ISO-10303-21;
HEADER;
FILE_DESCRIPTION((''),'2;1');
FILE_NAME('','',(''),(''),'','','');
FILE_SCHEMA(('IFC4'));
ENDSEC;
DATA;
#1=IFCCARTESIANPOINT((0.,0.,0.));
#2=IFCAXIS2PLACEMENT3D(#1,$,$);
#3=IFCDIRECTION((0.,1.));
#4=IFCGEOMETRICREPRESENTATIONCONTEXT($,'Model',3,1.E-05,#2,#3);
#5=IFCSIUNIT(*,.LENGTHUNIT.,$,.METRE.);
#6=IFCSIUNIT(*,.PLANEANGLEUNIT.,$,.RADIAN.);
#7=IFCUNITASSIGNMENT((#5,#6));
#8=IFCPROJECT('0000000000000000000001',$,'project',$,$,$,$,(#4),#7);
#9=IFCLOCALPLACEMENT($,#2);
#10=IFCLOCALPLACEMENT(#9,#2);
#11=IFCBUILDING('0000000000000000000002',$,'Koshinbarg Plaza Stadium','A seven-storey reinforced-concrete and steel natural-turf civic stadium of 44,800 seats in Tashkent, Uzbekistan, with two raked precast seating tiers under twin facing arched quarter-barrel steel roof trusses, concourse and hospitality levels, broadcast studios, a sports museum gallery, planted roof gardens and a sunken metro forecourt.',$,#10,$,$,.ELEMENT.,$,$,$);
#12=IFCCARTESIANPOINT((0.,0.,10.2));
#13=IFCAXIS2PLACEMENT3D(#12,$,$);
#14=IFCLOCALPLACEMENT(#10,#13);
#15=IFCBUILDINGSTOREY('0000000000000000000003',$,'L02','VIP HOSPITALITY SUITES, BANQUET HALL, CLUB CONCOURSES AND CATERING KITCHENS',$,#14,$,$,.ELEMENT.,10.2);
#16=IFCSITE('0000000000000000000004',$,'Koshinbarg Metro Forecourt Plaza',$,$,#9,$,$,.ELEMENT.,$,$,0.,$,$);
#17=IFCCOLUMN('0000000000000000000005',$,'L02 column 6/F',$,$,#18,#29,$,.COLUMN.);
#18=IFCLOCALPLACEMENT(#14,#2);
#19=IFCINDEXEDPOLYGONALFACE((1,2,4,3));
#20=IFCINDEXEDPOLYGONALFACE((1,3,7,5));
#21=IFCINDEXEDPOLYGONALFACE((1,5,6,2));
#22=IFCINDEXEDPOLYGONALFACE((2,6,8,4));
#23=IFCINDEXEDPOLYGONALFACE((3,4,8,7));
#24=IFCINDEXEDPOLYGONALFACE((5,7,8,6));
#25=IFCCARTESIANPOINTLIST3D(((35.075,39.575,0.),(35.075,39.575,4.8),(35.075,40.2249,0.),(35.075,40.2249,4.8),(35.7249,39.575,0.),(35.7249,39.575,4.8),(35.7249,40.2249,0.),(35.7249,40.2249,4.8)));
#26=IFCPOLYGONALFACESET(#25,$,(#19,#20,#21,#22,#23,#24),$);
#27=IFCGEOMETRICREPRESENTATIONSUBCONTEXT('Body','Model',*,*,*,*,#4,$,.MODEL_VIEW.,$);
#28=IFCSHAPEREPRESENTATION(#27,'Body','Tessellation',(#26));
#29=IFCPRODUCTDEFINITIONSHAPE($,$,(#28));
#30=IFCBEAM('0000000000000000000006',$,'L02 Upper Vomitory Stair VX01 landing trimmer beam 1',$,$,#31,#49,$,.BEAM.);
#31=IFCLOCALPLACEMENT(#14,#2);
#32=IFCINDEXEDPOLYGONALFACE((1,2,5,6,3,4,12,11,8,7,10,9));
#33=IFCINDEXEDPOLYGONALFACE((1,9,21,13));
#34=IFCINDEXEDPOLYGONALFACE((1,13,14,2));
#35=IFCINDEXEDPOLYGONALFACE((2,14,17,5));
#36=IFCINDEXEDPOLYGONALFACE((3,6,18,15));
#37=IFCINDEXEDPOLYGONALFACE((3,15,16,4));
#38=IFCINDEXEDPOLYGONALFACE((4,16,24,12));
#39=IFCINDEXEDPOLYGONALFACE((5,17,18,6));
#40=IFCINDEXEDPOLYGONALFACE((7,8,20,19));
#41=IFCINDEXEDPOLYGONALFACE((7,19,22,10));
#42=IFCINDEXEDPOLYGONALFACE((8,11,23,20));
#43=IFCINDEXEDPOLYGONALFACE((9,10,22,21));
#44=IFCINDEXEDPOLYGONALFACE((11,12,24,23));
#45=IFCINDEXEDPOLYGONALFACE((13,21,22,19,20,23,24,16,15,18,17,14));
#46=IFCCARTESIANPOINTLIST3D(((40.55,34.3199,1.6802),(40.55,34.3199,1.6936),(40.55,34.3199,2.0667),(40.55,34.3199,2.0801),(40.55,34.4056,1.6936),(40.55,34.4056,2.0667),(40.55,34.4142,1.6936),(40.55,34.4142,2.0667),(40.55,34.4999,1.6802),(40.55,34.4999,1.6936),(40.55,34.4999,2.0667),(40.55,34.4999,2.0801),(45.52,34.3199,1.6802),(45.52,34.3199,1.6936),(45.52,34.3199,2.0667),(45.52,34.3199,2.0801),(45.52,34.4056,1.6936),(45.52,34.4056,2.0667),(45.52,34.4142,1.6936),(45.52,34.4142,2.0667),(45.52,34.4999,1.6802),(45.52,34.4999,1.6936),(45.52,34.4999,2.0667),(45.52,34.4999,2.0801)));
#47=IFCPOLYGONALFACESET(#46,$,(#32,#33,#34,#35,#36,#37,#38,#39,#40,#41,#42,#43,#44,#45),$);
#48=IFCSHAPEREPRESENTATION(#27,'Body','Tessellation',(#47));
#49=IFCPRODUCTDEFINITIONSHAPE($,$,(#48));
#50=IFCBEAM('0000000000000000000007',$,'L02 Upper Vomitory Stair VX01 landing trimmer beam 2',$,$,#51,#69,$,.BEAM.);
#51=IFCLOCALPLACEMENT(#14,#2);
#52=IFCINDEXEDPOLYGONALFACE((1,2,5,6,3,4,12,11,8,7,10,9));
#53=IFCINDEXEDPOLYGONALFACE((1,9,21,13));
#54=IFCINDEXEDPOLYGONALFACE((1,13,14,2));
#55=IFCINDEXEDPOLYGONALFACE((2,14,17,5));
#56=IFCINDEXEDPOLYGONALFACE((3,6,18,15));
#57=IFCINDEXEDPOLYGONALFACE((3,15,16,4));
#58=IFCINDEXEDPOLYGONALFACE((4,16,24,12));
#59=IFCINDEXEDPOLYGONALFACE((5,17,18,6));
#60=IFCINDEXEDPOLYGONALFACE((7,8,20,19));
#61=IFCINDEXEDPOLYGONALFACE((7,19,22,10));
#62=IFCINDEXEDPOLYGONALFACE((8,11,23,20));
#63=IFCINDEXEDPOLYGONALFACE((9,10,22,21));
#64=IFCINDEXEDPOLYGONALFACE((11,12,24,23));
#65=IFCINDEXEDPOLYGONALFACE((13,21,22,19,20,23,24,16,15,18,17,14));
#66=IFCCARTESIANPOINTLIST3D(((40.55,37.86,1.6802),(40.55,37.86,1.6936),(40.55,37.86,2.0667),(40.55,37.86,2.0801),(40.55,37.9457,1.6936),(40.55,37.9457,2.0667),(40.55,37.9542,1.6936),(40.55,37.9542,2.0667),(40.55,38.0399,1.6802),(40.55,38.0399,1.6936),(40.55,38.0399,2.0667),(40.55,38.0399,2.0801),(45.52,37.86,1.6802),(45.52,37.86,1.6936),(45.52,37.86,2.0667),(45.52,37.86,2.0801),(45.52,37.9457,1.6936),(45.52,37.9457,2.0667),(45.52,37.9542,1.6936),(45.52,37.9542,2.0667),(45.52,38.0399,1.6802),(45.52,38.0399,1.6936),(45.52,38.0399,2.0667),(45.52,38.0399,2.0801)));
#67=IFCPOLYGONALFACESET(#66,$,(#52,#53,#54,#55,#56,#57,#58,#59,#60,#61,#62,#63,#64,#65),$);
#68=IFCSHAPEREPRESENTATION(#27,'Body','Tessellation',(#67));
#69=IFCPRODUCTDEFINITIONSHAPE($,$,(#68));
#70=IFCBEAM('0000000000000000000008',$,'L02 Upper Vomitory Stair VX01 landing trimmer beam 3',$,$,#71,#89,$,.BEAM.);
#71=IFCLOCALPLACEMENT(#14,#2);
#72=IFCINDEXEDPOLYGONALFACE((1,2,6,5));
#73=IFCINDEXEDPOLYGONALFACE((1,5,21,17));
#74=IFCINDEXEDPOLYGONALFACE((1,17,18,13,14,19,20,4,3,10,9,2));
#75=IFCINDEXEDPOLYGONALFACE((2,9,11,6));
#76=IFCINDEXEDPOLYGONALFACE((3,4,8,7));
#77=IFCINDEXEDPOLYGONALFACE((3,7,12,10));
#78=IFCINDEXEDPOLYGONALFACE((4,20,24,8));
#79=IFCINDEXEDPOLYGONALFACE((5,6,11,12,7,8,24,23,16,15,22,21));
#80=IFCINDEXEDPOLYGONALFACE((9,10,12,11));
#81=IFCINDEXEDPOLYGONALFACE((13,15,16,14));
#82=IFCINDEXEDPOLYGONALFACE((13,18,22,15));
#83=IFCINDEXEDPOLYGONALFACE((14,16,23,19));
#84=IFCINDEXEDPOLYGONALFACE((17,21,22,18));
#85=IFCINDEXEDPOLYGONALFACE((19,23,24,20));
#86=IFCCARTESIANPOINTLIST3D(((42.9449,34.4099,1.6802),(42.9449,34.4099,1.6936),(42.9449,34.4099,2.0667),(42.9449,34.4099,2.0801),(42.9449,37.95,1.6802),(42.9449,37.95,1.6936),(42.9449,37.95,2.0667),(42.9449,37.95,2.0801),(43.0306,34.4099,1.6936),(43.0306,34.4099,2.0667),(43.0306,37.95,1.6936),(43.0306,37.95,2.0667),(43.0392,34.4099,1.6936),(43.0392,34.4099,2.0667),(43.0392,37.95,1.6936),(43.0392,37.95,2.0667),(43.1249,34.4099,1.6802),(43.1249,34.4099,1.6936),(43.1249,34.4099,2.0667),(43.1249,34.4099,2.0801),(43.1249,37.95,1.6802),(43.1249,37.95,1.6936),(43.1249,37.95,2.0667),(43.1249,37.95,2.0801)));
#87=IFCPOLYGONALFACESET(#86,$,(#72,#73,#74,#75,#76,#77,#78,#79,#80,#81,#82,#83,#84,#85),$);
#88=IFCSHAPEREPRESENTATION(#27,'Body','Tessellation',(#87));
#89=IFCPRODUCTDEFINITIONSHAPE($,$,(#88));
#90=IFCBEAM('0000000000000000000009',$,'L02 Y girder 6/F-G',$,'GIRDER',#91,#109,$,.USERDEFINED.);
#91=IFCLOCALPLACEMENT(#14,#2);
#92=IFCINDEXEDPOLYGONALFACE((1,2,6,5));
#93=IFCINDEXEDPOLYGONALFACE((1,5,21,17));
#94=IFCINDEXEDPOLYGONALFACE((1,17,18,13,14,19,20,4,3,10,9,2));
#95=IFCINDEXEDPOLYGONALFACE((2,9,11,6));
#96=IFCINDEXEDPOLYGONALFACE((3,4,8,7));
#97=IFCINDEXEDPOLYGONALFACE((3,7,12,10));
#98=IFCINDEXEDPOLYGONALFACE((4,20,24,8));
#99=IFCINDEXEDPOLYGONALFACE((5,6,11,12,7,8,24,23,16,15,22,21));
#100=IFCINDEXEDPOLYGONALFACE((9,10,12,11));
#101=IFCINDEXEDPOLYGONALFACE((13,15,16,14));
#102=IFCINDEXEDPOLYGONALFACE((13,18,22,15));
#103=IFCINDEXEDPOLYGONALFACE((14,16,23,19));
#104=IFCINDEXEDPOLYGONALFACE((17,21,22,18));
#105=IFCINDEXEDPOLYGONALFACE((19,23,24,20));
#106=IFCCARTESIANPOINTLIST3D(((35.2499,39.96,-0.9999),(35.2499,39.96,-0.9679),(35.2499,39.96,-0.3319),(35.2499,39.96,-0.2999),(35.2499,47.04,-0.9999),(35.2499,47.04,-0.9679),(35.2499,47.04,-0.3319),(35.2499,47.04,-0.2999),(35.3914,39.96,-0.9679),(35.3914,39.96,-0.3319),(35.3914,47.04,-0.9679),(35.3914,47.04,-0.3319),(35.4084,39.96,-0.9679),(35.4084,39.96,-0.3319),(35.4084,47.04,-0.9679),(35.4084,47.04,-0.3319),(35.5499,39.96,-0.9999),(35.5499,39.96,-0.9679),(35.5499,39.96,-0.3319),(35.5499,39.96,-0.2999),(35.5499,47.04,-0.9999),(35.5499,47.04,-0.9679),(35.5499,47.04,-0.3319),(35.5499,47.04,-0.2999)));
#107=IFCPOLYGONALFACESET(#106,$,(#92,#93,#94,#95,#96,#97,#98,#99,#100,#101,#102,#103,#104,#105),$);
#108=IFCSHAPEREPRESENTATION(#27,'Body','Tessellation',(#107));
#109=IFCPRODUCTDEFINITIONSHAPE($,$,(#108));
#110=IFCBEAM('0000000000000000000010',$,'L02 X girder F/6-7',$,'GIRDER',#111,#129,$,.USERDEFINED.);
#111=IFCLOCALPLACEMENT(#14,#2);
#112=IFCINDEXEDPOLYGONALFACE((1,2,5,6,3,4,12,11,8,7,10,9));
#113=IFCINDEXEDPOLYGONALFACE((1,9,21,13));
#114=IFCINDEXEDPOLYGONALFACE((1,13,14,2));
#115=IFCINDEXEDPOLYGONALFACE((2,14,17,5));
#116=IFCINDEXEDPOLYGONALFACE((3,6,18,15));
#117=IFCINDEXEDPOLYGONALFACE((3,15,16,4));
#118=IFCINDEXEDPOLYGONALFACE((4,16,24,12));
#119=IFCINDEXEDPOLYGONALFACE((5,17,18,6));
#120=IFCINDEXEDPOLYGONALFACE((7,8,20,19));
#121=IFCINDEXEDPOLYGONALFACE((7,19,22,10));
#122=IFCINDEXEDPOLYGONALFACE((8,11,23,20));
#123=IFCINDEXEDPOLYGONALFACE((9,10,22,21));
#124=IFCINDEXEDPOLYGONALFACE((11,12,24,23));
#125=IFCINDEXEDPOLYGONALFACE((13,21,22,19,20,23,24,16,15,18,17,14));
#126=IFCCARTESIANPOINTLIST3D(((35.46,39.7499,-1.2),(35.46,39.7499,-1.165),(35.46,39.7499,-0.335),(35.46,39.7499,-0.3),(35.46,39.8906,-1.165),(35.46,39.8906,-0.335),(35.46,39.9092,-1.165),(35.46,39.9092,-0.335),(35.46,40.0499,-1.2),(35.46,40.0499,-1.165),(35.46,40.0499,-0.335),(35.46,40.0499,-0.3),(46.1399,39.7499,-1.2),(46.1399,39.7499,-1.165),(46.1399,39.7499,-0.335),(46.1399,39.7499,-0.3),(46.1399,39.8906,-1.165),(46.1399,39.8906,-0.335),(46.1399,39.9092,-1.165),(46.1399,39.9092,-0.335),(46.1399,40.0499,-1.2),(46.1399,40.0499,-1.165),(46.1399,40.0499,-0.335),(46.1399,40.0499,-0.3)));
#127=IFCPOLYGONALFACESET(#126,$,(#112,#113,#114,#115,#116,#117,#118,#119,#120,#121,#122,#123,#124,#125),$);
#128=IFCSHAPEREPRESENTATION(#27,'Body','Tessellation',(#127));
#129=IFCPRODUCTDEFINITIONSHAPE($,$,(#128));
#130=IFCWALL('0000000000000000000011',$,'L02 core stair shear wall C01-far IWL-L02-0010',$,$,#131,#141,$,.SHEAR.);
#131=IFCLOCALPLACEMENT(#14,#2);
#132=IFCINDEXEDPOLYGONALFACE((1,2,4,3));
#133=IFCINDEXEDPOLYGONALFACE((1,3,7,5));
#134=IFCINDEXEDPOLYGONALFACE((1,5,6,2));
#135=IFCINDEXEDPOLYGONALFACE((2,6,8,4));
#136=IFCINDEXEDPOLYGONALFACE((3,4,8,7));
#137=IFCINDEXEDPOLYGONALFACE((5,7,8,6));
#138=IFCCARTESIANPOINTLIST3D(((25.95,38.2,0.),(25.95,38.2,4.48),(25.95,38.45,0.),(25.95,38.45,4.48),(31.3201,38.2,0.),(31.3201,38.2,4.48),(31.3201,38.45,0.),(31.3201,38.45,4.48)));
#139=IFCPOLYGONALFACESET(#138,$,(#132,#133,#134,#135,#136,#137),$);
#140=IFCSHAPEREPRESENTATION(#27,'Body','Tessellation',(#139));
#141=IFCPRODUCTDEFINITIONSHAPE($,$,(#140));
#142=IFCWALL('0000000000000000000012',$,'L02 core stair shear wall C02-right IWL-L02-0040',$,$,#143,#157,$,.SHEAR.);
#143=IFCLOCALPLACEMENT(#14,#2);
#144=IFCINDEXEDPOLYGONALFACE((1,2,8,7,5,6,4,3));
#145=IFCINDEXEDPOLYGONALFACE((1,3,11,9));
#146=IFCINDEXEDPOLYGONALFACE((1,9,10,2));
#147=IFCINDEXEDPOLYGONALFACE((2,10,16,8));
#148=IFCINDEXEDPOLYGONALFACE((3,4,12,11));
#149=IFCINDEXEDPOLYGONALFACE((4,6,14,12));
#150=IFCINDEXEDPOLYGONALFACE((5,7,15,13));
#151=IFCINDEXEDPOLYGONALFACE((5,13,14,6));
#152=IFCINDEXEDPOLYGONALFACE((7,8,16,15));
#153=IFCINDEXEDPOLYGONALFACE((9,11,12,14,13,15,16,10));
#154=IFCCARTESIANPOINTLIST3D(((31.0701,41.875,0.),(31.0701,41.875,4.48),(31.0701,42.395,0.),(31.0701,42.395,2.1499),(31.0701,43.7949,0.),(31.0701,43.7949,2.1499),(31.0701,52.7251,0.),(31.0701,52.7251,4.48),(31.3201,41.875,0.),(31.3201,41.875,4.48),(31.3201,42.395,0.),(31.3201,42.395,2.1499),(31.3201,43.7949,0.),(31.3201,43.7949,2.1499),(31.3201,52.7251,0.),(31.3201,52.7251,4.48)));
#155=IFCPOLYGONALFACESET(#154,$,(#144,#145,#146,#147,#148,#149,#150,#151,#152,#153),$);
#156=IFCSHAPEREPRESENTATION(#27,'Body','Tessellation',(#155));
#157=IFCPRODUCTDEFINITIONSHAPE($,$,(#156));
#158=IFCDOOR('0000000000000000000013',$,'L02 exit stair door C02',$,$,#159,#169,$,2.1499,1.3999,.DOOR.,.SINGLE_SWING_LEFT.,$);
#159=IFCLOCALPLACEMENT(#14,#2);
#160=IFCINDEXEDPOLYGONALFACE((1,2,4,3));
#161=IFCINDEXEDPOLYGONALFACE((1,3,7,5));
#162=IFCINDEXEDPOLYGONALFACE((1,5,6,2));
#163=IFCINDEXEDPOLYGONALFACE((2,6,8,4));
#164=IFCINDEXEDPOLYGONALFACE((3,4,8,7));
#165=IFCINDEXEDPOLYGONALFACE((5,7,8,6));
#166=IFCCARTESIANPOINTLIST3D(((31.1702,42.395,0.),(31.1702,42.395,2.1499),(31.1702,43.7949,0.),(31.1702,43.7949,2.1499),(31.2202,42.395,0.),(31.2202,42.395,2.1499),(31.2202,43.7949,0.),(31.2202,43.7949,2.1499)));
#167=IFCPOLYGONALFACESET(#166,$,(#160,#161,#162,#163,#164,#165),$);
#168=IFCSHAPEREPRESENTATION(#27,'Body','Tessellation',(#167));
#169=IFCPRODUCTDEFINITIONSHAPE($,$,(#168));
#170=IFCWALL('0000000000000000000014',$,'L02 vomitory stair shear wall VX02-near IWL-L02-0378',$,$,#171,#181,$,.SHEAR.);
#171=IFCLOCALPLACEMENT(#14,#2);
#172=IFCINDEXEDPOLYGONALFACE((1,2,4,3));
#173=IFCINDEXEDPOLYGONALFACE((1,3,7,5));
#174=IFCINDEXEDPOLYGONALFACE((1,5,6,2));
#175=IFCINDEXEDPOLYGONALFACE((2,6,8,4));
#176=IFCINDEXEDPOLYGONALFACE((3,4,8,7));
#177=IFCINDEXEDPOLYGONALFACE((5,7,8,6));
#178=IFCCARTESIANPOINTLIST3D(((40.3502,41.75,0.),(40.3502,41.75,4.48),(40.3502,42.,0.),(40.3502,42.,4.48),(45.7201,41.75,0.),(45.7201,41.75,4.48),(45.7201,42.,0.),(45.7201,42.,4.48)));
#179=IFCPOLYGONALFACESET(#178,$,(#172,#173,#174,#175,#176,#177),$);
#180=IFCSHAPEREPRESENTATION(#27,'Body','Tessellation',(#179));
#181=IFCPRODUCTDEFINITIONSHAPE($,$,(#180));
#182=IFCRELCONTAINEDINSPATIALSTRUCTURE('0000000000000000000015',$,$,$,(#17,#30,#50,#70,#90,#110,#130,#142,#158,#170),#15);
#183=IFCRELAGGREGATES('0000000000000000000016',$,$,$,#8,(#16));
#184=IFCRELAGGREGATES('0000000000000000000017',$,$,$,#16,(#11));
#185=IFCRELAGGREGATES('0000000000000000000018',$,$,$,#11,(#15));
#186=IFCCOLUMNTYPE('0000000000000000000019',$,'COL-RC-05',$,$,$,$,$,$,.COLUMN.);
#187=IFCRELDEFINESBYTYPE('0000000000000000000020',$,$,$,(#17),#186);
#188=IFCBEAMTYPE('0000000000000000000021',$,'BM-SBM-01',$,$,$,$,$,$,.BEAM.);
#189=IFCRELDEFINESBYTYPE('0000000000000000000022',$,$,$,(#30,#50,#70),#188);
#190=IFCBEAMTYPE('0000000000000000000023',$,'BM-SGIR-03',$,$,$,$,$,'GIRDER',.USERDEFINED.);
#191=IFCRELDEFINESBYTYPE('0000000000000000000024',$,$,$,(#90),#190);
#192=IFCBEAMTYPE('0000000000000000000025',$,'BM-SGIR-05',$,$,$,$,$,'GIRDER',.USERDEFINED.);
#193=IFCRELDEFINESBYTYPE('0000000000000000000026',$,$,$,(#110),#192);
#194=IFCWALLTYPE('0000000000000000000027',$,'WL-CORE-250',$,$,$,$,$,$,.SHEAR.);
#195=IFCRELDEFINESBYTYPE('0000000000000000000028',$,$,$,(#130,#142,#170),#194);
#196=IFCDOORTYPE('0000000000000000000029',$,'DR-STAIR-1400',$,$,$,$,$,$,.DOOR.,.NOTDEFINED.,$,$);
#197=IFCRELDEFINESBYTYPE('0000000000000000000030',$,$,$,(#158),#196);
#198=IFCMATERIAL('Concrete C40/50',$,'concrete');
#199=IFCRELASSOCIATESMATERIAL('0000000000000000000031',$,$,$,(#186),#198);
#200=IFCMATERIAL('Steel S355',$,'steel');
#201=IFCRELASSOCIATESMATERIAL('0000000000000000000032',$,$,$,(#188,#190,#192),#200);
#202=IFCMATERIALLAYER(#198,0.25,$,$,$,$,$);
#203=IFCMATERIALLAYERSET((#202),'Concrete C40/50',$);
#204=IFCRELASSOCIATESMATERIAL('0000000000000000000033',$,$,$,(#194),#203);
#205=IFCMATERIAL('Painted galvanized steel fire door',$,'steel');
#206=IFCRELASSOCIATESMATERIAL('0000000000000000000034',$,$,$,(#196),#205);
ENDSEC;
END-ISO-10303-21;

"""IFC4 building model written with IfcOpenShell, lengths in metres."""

from ifc_helpers import new_model, si_unit, direction, frame, frame_2d, origin, origin_2d, place, context, subcontext, project, spatial, rectangle, i_section, extrude, material, layer, layer_set, material_profile, profile_set, type_object, element, fill, save


model = new_model("IFC4")

# Units and contexts
model_context = context("Model", 3, precision=1e-05, world=origin(), true_north=direction((0.0, 1.0)))
body_context = subcontext(model_context, "Body", "Model", "MODEL_VIEW")
ifc_project = project(units=[si_unit("LENGTHUNIT", "METRE"), si_unit("PLANEANGLEUNIT", "RADIAN")], contexts=[model_context])

# Site, building, storey
site_placement = place(None, origin())
site = spatial("IfcSite", under=ifc_project, at=site_placement, Name="Koshinbarg Metro Forecourt Plaza", CompositionType="ELEMENT", RefElevation=0.0)
building_placement = place(site_placement, origin())
building = spatial("IfcBuilding", under=site, at=building_placement, Name="Koshinbarg Plaza Stadium", Description="A seven-storey reinforced-concrete and steel natural-turf civic stadium of 44,800 seats in Tashkent, Uzbekistan, with two raked precast seating tiers under twin facing arched quarter-barrel steel roof trusses, concourse and hospitality levels, broadcast studios, a sports museum gallery, planted roof gardens and a sunken metro forecourt.", CompositionType="ELEMENT")
storey_placement = place(building_placement, frame((0.0, 0.0, 10.2)))
storey = spatial("IfcBuildingStorey", under=building, at=storey_placement, Name="L02", Description="VIP HOSPITALITY SUITES, BANQUET HALL, CLUB CONCOURSES AND CATERING KITCHENS", CompositionType="ELEMENT", Elevation=10.2)

# Column
ifc_material_1 = material(Name="Concrete C40/50", Category="concrete")
ifc_material_profile_1 = material_profile(ifc_material_1, rectangle(XDim=0.6499, YDim=0.6499, at=origin_2d()), Name="RC 650x650")
ifc_profile_set_1 = profile_set([ifc_material_profile_1], Name="Concrete C40/50")
column_type = type_object("IfcColumnType", Name="COL-RC-05", PredefinedType="COLUMN", material=ifc_profile_set_1)
column_placement = place(storey_placement, frame((35.3999, 39.8999, 0.0), z_axis=(0.0, 0.0, 1.0), x_axis=(1.0, 0.0, 0.0)))
element("IfcColumn", 1, at=column_placement, inside=storey, type_object=column_type, Name="L02 column 6/F", PredefinedType="COLUMN", context=body_context, shape_type="SweptSolid", body=[
    extrude(rectangle(XDim=0.6499, YDim=0.6499, at=origin_2d()), origin(), (0.0, 0.0, 1.0), 4.8),
])

# Beams
ifc_material_2 = material(Name="Steel S355", Category="steel")
ifc_material_profile_2 = material_profile(ifc_material_2, i_section(OverallWidth=0.1799, OverallDepth=0.3999, WebThickness=0.0085, FlangeThickness=0.0134, at=origin_2d()), Name="IPE 400")
ifc_profile_set_2 = profile_set([ifc_material_profile_2], Name="Steel S355")
beam_type_1 = type_object("IfcBeamType", Name="BM-SBM-01", PredefinedType="BEAM", material=ifc_profile_set_2)
for number, where, z_axis, x_axis, name in (
    (2, (40.55, 34.4099, 1.8801), (1.0, 0.0, 0.0), (0.0, 1.0, 0.0), "L02 Upper Vomitory Stair VX01 landing trimmer beam 1"),
    (3, (40.55, 37.95, 1.8801), (1.0, 0.0, 0.0), (0.0, 1.0, 0.0), "L02 Upper Vomitory Stair VX01 landing trimmer beam 2"),
):
    element("IfcBeam", number, at=place(storey_placement, frame(where, z_axis=z_axis, x_axis=x_axis)), inside=storey, type_object=beam_type_1, Name=name, PredefinedType="BEAM", context=body_context, shape_type="SweptSolid", body=[
        extrude(i_section(OverallWidth=0.1799, OverallDepth=0.3999, WebThickness=0.0085, FlangeThickness=0.0134, at=origin_2d()), origin(), (0.0, 0.0, 1.0), 4.97),
    ])
beam_1_placement = place(storey_placement, frame((43.0349, 34.4099, 1.8801), z_axis=(0.0, 1.0, 0.0), x_axis=(-1.0, 0.0, 0.0)))
element("IfcBeam", 4, at=beam_1_placement, inside=storey, type_object=beam_type_1, Name="L02 Upper Vomitory Stair VX01 landing trimmer beam 3", PredefinedType="BEAM", context=body_context, shape_type="SweptSolid", body=[
    extrude(i_section(OverallWidth=0.1799, OverallDepth=0.3999, WebThickness=0.0085, FlangeThickness=0.0134, at=origin_2d()), origin(), (0.0, 0.0, 1.0), 3.54),
])
ifc_material_profile_3 = material_profile(ifc_material_2, i_section(OverallWidth=0.3, OverallDepth=0.7, WebThickness=0.0171, FlangeThickness=0.032, at=origin_2d()), Name="HEB 700")
ifc_profile_set_3 = profile_set([ifc_material_profile_3], Name="Steel S355")
beam_type_2 = type_object("IfcBeamType", Name="BM-SGIR-03", ElementType="GIRDER", PredefinedType="USERDEFINED", material=ifc_profile_set_3)
beam_2_placement = place(storey_placement, frame((35.3999, 39.96, -0.6499), z_axis=(0.0, 1.0, 0.0), x_axis=(-1.0, 0.0, 0.0)))
element("IfcBeam", 5, at=beam_2_placement, inside=storey, type_object=beam_type_2, Name="L02 Y girder 6/F-G", ObjectType="GIRDER", PredefinedType="USERDEFINED", context=body_context, shape_type="SweptSolid", body=[
    extrude(i_section(OverallWidth=0.3, OverallDepth=0.7, WebThickness=0.0171, FlangeThickness=0.032, at=origin_2d()), origin(), (0.0, 0.0, 1.0), 7.0801),
])
ifc_material_profile_4 = material_profile(ifc_material_2, i_section(OverallWidth=0.3, OverallDepth=0.8999, WebThickness=0.0186, FlangeThickness=0.0349, at=origin_2d()), Name="HEB 900")
ifc_profile_set_4 = profile_set([ifc_material_profile_4], Name="Steel S355")
beam_type_3 = type_object("IfcBeamType", Name="BM-SGIR-05", ElementType="GIRDER", PredefinedType="USERDEFINED", material=ifc_profile_set_4)
beam_3_placement = place(storey_placement, frame((35.46, 39.8999, -0.75), z_axis=(1.0, 0.0, 0.0), x_axis=(0.0, 1.0, 0.0)))
element("IfcBeam", 6, at=beam_3_placement, inside=storey, type_object=beam_type_3, Name="L02 X girder F/6-7", ObjectType="GIRDER", PredefinedType="USERDEFINED", context=body_context, shape_type="SweptSolid", body=[
    extrude(i_section(OverallWidth=0.3, OverallDepth=0.8999, WebThickness=0.0186, FlangeThickness=0.0349, at=origin_2d()), origin(), (0.0, 0.0, 1.0), 10.6799),
])

# Wall
ifc_layer_1 = layer(ifc_material_1, 0.25)
ifc_layer_set_1 = layer_set([ifc_layer_1], Name="Concrete C40/50")
wall_type_1 = type_object("IfcWallType", Name="WL-CORE-250", PredefinedType="SHEAR", material=ifc_layer_set_1)
wall_1_placement = place(storey_placement, frame((31.3201, 38.325, 0.0), z_axis=(0.0, 0.0, 1.0), x_axis=(-1.0, 0.0, 0.0)))
element("IfcWall", 7, at=wall_1_placement, inside=storey, type_object=wall_type_1, Name="L02 core stair shear wall C01-far IWL-L02-0010", PredefinedType="SHEAR", context=body_context, shape_type="SweptSolid", body=[
    extrude(rectangle(XDim=5.3701, YDim=0.25, at=frame_2d((2.6851, 0.0))), origin(), (0.0, 0.0, 1.0), 4.48),
])

# Wall, opening, door
wall_2_placement = place(storey_placement, frame((31.1951, 41.875, 0.0), z_axis=(0.0, 0.0, 1.0), x_axis=(0.0, 1.0, 0.0)))
wall_2 = element("IfcWall", 8, at=wall_2_placement, inside=storey, type_object=wall_type_1, Name="L02 core stair shear wall C02-right IWL-L02-0040", PredefinedType="SHEAR", context=body_context, shape_type="SweptSolid", body=[
    extrude(rectangle(XDim=10.8501, YDim=0.25, at=frame_2d((5.425, 0.0))), origin(), (0.0, 0.0, 1.0), 4.48),
])
opening_1_placement = place(wall_2_placement, frame((0.52, 0.0, 0.0)))
opening_1 = element("IfcOpeningElement", 9, at=opening_1_placement, cuts=wall_2, PredefinedType="OPENING", context=body_context, shape_type="SweptSolid", body=[
    extrude(rectangle(XDim=1.3999, YDim=2.1499, at=frame_2d((0.7, 1.075))), frame((0.0, 0.135, 0.0), z_axis=(0.0, -1.0, 0.0), x_axis=(1.0, 0.0, 0.0)), (0.0, 0.0, 1.0), 0.27),
])
ifc_material_3 = material(Name="Painted galvanized steel fire door", Category="steel")
door_type_1 = type_object("IfcDoorType", Name="DR-STAIR-1400", OperationType="NOTDEFINED", PredefinedType="DOOR", material=ifc_material_3)
door_1_placement = place(opening_1_placement, origin())
door_1 = element("IfcDoor", 10, at=door_1_placement, inside=storey, type_object=door_type_1, Name="L02 exit stair door C02", OperationType="SINGLE_SWING_LEFT", OverallHeight=2.1499, OverallWidth=1.3999, PredefinedType="DOOR", context=body_context, shape_type="SweptSolid", body=[
    extrude(rectangle(XDim=1.3999, YDim=2.1499, at=frame_2d((0.7, 1.075))), frame((0.0, 0.0249, 0.0), z_axis=(0.0, -1.0, 0.0), x_axis=(1.0, 0.0, 0.0)), (0.0, 0.0, 1.0), 0.05),
])
fill(opening_1, door_1)

# Wall
wall_3_placement = place(storey_placement, frame((40.3501, 41.875, 0.0), z_axis=(0.0, 0.0, 1.0), x_axis=(1.0, 0.0, 0.0)))
element("IfcWall", 11, at=wall_3_placement, inside=storey, type_object=wall_type_1, Name="L02 vomitory stair shear wall VX02-near IWL-L02-0378", PredefinedType="SHEAR", context=body_context, shape_type="SweptSolid", body=[
    extrude(rectangle(XDim=5.3699, YDim=0.25, at=frame_2d((2.6851, 0.0))), origin(), (0.0, 0.0, 1.0), 4.48),
])

save(model, "model.ifc")
